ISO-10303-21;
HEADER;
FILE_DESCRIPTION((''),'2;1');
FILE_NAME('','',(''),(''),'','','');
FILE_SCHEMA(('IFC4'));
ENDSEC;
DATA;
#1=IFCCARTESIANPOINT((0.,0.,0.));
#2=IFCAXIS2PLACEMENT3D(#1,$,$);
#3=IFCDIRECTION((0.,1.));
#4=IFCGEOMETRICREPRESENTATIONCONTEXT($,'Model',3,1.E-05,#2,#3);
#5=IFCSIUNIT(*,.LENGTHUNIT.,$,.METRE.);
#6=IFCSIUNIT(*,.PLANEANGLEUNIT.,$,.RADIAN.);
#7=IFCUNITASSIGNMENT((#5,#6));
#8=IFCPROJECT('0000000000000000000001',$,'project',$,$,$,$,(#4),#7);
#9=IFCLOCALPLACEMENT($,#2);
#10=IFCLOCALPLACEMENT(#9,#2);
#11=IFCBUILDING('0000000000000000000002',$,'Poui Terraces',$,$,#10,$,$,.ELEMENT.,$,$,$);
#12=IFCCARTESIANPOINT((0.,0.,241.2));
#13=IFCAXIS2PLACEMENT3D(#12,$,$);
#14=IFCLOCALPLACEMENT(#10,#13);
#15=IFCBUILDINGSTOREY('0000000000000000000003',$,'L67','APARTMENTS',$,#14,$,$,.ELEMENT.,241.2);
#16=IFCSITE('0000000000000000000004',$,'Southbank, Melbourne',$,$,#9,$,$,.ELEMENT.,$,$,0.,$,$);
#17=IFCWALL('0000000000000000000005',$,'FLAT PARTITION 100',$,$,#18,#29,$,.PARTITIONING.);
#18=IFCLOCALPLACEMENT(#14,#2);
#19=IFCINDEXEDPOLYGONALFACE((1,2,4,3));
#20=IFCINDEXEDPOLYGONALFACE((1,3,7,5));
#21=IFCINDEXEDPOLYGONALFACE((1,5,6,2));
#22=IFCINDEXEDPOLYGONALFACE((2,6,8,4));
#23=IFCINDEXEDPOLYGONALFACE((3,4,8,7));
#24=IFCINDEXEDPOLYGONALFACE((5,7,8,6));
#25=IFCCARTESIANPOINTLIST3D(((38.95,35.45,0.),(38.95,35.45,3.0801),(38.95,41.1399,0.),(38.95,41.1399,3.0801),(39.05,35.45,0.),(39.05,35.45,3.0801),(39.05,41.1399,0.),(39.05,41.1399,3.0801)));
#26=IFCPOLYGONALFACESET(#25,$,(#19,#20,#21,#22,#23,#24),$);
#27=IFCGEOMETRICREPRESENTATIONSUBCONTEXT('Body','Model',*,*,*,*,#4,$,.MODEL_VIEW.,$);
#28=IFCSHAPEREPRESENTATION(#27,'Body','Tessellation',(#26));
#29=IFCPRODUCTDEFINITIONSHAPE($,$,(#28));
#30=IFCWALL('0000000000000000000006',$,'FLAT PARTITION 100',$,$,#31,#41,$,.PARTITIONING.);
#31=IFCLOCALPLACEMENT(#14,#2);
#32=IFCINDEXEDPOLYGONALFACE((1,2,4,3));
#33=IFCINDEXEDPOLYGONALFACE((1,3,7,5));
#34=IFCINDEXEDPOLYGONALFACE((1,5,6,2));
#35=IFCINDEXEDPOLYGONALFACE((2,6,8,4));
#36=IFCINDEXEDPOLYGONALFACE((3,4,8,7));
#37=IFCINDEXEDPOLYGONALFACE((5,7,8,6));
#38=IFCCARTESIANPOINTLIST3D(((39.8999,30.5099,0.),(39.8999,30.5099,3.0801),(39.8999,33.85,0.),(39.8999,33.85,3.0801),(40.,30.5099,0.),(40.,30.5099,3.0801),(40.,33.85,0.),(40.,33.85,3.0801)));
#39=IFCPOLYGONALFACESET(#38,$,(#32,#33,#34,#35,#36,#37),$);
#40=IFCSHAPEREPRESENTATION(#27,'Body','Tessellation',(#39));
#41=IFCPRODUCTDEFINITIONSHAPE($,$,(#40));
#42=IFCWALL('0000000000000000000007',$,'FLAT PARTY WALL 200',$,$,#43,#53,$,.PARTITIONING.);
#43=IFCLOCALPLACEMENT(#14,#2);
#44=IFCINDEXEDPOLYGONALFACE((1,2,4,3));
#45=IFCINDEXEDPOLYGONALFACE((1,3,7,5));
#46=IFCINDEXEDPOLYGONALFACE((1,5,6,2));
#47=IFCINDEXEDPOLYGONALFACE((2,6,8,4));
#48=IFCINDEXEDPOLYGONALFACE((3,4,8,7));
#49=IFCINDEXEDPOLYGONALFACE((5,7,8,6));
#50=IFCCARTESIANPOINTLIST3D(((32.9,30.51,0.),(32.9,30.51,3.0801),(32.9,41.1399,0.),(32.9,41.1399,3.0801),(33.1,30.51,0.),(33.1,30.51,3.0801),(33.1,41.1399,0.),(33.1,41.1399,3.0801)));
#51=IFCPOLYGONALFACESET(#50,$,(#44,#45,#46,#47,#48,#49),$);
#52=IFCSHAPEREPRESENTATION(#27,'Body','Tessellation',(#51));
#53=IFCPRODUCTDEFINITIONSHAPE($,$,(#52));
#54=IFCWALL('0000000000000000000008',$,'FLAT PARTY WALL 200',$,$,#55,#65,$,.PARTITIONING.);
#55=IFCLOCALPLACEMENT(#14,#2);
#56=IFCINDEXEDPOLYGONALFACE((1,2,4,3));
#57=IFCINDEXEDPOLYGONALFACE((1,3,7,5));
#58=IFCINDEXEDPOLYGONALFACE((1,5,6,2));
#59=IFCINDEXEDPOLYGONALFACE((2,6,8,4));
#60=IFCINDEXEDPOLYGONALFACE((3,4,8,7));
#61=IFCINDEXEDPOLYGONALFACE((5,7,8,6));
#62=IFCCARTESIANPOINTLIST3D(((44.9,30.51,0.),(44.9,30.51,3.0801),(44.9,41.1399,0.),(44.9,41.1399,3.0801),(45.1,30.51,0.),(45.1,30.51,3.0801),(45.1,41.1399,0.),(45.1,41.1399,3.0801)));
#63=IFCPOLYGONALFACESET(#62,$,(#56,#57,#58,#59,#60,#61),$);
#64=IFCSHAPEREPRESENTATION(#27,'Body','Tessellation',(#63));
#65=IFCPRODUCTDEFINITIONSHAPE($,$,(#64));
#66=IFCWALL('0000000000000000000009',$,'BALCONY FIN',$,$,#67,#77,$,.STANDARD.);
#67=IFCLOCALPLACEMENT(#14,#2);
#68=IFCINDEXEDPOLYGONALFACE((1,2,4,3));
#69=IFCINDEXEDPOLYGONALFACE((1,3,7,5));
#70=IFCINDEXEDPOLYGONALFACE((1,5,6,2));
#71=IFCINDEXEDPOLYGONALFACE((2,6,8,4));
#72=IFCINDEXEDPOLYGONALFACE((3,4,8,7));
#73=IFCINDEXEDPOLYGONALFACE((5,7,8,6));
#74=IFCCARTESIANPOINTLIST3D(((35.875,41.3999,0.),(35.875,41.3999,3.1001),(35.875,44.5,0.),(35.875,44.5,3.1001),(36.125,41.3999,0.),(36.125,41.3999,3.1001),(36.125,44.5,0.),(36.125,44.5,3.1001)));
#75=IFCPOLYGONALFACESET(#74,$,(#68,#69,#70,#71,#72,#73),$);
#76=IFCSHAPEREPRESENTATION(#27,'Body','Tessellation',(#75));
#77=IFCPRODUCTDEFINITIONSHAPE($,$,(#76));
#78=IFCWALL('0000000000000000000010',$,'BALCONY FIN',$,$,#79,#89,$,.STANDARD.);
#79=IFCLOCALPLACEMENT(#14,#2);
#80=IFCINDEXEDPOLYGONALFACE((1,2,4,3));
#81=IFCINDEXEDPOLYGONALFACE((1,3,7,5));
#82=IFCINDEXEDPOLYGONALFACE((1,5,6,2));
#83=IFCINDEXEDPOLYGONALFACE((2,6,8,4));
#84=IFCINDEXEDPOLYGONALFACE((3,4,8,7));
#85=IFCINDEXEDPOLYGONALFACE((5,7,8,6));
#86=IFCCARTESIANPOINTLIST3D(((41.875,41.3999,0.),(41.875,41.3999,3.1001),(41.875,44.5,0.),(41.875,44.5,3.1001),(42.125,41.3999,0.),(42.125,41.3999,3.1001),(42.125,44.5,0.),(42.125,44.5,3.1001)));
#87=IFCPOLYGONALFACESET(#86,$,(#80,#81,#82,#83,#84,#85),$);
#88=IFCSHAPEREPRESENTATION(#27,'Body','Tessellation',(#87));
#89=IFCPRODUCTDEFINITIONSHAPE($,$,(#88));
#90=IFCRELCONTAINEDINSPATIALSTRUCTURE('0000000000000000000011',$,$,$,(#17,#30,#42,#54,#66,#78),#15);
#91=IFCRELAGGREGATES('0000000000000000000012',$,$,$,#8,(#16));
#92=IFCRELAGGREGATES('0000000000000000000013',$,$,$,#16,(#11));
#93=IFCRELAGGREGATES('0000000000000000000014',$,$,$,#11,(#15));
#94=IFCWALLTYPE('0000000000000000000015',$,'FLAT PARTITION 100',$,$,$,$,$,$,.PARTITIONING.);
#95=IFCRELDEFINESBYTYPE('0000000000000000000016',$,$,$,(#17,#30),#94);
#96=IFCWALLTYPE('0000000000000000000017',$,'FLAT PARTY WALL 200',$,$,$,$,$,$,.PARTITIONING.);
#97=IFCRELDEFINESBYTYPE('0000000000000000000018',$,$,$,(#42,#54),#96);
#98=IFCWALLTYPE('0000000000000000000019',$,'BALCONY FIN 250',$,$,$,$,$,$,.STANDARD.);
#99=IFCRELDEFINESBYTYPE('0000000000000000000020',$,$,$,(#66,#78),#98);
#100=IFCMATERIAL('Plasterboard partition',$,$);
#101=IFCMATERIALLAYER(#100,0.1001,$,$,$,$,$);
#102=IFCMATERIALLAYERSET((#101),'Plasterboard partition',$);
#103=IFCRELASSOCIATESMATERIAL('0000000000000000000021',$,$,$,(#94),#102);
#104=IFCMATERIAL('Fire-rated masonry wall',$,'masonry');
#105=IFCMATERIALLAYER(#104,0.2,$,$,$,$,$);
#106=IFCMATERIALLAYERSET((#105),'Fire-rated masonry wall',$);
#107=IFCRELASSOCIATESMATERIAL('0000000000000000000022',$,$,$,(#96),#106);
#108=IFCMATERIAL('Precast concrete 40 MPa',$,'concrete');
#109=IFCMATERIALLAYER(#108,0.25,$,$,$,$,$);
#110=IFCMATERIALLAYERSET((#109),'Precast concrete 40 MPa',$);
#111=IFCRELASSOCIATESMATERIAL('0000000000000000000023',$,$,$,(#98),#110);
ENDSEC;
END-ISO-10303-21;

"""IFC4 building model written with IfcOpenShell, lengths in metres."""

from ifc_helpers import new_model, si_unit, direction, frame, frame_2d, origin, place, context, subcontext, project, spatial, polyline, rectangle, outline, extrude, source, transform, mapped, material, layer, layer_set, type_object, element, save


model = new_model("IFC4")

# Units and contexts
model_context = context("Model", 3, precision=1e-05, world=origin(), true_north=direction((0.0, 1.0)))
body_context = subcontext(model_context, "Body", "Model", "MODEL_VIEW")
ifc_project = project(units=[si_unit("LENGTHUNIT", "METRE"), si_unit("PLANEANGLEUNIT", "RADIAN")], contexts=[model_context])

# Site, building, storey
site_placement = place(None, origin())
site = spatial("IfcSite", under=ifc_project, at=site_placement, Name="Southbank, Melbourne", CompositionType="ELEMENT", RefElevation=0.0)
building_placement = place(site_placement, origin())
building = spatial("IfcBuilding", under=site, at=building_placement, Name="Poui Terraces", CompositionType="ELEMENT")
storey_placement = place(building_placement, frame((0.0, 0.0, 241.2)))
storey = spatial("IfcBuildingStorey", under=building, at=storey_placement, Name="L67", Description="APARTMENTS", CompositionType="ELEMENT", Elevation=241.2)

# Shared definitions
ifc_material_1 = material(Name="Plasterboard partition")
ifc_layer_1 = layer(ifc_material_1, 0.1001)
ifc_layer_set_1 = layer_set([ifc_layer_1], Name="Plasterboard partition")
wall_type_1 = type_object("IfcWallType", Name="FLAT PARTITION 100", PredefinedType="PARTITIONING", material=ifc_layer_set_1)

# Walls
wall_1_placement = place(storey_placement, frame((39.0, 35.45, 0.0), z_axis=(0.0, 0.0, 1.0), x_axis=(0.0, 1.0, 0.0)))
element("IfcWall", 1, at=wall_1_placement, inside=storey, type_object=wall_type_1, Name="FLAT PARTITION 100", PredefinedType="PARTITIONING", context=body_context, shape_type="SweptSolid", body=[
    extrude(rectangle(XDim=5.6899, YDim=0.1001, at=frame_2d((2.845, 0.0))), origin(), (0.0, 0.0, 1.0), 3.0801),
])
wall_2_placement = place(storey_placement, frame((39.95, 30.51, 0.0), z_axis=(0.0, 0.0, 1.0), x_axis=(0.0, 1.0, 0.0)))
element("IfcWall", 2, at=wall_2_placement, inside=storey, type_object=wall_type_1, Name="FLAT PARTITION 100", PredefinedType="PARTITIONING", context=body_context, shape_type="SweptSolid", body=[
    extrude(rectangle(XDim=3.3401, YDim=0.1001, at=frame_2d((1.6699, 0.0))), origin(), (0.0, 0.0, 1.0), 3.0801),
])
ifc_material_2 = material(Name="Fire-rated masonry wall", Category="masonry")
ifc_layer_2 = layer(ifc_material_2, 0.2)
ifc_layer_set_2 = layer_set([ifc_layer_2], Name="Fire-rated masonry wall")
wall_type_2 = type_object("IfcWallType", Name="FLAT PARTY WALL 200", PredefinedType="PARTITIONING", material=ifc_layer_set_2)
for number, where, z_axis, x_axis, name in (
    (3, (33.0, 30.51, 0.0), (0.0, 0.0, 1.0), (0.0, 1.0, 0.0), "FLAT PARTY WALL 200"),
    (4, (45.0, 30.51, 0.0), (0.0, 0.0, 1.0), (0.0, 1.0, 0.0), "FLAT PARTY WALL 200"),
):
    element("IfcWall", number, at=place(storey_placement, frame(where, z_axis=z_axis, x_axis=x_axis)), inside=storey, type_object=wall_type_2, Name=name, PredefinedType="PARTITIONING", context=body_context, shape_type="SweptSolid", body=[
        extrude(rectangle(XDim=10.6299, YDim=0.2, at=frame_2d((5.3149, 0.0))), origin(), (0.0, 0.0, 1.0), 3.0801),
    ])
ifc_material_3 = material(Name="Precast concrete 40 MPa", Category="concrete")
ifc_layer_3 = layer(ifc_material_3, 0.25)
ifc_layer_set_3 = layer_set([ifc_layer_3], Name="Precast concrete 40 MPa")
wall_type_3 = type_object("IfcWallType", Name="BALCONY FIN 250", PredefinedType="STANDARD", material=ifc_layer_set_3)
shared_shape_1 = source(origin(), body_context, "Body", "SweptSolid", [
    extrude(outline(polyline([(0.0, 0.0), (0.25, 0.0), (0.25, 3.1001), (0.0, 3.1001), (0.0, 0.0)])), origin(), (0.0, 0.0, 1.0), 3.1001),
])
for number, where, name in (
    (5, (35.875, 41.3999, 0.0), "BALCONY FIN"),
    (6, (41.875, 41.3999, 0.0), "BALCONY FIN"),
):
    element("IfcWall", number, at=place(storey_placement, frame(where)), inside=storey, type_object=wall_type_3, Name=name, PredefinedType="STANDARD", context=body_context, shape_type="MappedRepresentation", body=[
        mapped(shared_shape_1, transform((0.0, 0.0, 0.0))),
    ])

save(model, "model.ifc")
